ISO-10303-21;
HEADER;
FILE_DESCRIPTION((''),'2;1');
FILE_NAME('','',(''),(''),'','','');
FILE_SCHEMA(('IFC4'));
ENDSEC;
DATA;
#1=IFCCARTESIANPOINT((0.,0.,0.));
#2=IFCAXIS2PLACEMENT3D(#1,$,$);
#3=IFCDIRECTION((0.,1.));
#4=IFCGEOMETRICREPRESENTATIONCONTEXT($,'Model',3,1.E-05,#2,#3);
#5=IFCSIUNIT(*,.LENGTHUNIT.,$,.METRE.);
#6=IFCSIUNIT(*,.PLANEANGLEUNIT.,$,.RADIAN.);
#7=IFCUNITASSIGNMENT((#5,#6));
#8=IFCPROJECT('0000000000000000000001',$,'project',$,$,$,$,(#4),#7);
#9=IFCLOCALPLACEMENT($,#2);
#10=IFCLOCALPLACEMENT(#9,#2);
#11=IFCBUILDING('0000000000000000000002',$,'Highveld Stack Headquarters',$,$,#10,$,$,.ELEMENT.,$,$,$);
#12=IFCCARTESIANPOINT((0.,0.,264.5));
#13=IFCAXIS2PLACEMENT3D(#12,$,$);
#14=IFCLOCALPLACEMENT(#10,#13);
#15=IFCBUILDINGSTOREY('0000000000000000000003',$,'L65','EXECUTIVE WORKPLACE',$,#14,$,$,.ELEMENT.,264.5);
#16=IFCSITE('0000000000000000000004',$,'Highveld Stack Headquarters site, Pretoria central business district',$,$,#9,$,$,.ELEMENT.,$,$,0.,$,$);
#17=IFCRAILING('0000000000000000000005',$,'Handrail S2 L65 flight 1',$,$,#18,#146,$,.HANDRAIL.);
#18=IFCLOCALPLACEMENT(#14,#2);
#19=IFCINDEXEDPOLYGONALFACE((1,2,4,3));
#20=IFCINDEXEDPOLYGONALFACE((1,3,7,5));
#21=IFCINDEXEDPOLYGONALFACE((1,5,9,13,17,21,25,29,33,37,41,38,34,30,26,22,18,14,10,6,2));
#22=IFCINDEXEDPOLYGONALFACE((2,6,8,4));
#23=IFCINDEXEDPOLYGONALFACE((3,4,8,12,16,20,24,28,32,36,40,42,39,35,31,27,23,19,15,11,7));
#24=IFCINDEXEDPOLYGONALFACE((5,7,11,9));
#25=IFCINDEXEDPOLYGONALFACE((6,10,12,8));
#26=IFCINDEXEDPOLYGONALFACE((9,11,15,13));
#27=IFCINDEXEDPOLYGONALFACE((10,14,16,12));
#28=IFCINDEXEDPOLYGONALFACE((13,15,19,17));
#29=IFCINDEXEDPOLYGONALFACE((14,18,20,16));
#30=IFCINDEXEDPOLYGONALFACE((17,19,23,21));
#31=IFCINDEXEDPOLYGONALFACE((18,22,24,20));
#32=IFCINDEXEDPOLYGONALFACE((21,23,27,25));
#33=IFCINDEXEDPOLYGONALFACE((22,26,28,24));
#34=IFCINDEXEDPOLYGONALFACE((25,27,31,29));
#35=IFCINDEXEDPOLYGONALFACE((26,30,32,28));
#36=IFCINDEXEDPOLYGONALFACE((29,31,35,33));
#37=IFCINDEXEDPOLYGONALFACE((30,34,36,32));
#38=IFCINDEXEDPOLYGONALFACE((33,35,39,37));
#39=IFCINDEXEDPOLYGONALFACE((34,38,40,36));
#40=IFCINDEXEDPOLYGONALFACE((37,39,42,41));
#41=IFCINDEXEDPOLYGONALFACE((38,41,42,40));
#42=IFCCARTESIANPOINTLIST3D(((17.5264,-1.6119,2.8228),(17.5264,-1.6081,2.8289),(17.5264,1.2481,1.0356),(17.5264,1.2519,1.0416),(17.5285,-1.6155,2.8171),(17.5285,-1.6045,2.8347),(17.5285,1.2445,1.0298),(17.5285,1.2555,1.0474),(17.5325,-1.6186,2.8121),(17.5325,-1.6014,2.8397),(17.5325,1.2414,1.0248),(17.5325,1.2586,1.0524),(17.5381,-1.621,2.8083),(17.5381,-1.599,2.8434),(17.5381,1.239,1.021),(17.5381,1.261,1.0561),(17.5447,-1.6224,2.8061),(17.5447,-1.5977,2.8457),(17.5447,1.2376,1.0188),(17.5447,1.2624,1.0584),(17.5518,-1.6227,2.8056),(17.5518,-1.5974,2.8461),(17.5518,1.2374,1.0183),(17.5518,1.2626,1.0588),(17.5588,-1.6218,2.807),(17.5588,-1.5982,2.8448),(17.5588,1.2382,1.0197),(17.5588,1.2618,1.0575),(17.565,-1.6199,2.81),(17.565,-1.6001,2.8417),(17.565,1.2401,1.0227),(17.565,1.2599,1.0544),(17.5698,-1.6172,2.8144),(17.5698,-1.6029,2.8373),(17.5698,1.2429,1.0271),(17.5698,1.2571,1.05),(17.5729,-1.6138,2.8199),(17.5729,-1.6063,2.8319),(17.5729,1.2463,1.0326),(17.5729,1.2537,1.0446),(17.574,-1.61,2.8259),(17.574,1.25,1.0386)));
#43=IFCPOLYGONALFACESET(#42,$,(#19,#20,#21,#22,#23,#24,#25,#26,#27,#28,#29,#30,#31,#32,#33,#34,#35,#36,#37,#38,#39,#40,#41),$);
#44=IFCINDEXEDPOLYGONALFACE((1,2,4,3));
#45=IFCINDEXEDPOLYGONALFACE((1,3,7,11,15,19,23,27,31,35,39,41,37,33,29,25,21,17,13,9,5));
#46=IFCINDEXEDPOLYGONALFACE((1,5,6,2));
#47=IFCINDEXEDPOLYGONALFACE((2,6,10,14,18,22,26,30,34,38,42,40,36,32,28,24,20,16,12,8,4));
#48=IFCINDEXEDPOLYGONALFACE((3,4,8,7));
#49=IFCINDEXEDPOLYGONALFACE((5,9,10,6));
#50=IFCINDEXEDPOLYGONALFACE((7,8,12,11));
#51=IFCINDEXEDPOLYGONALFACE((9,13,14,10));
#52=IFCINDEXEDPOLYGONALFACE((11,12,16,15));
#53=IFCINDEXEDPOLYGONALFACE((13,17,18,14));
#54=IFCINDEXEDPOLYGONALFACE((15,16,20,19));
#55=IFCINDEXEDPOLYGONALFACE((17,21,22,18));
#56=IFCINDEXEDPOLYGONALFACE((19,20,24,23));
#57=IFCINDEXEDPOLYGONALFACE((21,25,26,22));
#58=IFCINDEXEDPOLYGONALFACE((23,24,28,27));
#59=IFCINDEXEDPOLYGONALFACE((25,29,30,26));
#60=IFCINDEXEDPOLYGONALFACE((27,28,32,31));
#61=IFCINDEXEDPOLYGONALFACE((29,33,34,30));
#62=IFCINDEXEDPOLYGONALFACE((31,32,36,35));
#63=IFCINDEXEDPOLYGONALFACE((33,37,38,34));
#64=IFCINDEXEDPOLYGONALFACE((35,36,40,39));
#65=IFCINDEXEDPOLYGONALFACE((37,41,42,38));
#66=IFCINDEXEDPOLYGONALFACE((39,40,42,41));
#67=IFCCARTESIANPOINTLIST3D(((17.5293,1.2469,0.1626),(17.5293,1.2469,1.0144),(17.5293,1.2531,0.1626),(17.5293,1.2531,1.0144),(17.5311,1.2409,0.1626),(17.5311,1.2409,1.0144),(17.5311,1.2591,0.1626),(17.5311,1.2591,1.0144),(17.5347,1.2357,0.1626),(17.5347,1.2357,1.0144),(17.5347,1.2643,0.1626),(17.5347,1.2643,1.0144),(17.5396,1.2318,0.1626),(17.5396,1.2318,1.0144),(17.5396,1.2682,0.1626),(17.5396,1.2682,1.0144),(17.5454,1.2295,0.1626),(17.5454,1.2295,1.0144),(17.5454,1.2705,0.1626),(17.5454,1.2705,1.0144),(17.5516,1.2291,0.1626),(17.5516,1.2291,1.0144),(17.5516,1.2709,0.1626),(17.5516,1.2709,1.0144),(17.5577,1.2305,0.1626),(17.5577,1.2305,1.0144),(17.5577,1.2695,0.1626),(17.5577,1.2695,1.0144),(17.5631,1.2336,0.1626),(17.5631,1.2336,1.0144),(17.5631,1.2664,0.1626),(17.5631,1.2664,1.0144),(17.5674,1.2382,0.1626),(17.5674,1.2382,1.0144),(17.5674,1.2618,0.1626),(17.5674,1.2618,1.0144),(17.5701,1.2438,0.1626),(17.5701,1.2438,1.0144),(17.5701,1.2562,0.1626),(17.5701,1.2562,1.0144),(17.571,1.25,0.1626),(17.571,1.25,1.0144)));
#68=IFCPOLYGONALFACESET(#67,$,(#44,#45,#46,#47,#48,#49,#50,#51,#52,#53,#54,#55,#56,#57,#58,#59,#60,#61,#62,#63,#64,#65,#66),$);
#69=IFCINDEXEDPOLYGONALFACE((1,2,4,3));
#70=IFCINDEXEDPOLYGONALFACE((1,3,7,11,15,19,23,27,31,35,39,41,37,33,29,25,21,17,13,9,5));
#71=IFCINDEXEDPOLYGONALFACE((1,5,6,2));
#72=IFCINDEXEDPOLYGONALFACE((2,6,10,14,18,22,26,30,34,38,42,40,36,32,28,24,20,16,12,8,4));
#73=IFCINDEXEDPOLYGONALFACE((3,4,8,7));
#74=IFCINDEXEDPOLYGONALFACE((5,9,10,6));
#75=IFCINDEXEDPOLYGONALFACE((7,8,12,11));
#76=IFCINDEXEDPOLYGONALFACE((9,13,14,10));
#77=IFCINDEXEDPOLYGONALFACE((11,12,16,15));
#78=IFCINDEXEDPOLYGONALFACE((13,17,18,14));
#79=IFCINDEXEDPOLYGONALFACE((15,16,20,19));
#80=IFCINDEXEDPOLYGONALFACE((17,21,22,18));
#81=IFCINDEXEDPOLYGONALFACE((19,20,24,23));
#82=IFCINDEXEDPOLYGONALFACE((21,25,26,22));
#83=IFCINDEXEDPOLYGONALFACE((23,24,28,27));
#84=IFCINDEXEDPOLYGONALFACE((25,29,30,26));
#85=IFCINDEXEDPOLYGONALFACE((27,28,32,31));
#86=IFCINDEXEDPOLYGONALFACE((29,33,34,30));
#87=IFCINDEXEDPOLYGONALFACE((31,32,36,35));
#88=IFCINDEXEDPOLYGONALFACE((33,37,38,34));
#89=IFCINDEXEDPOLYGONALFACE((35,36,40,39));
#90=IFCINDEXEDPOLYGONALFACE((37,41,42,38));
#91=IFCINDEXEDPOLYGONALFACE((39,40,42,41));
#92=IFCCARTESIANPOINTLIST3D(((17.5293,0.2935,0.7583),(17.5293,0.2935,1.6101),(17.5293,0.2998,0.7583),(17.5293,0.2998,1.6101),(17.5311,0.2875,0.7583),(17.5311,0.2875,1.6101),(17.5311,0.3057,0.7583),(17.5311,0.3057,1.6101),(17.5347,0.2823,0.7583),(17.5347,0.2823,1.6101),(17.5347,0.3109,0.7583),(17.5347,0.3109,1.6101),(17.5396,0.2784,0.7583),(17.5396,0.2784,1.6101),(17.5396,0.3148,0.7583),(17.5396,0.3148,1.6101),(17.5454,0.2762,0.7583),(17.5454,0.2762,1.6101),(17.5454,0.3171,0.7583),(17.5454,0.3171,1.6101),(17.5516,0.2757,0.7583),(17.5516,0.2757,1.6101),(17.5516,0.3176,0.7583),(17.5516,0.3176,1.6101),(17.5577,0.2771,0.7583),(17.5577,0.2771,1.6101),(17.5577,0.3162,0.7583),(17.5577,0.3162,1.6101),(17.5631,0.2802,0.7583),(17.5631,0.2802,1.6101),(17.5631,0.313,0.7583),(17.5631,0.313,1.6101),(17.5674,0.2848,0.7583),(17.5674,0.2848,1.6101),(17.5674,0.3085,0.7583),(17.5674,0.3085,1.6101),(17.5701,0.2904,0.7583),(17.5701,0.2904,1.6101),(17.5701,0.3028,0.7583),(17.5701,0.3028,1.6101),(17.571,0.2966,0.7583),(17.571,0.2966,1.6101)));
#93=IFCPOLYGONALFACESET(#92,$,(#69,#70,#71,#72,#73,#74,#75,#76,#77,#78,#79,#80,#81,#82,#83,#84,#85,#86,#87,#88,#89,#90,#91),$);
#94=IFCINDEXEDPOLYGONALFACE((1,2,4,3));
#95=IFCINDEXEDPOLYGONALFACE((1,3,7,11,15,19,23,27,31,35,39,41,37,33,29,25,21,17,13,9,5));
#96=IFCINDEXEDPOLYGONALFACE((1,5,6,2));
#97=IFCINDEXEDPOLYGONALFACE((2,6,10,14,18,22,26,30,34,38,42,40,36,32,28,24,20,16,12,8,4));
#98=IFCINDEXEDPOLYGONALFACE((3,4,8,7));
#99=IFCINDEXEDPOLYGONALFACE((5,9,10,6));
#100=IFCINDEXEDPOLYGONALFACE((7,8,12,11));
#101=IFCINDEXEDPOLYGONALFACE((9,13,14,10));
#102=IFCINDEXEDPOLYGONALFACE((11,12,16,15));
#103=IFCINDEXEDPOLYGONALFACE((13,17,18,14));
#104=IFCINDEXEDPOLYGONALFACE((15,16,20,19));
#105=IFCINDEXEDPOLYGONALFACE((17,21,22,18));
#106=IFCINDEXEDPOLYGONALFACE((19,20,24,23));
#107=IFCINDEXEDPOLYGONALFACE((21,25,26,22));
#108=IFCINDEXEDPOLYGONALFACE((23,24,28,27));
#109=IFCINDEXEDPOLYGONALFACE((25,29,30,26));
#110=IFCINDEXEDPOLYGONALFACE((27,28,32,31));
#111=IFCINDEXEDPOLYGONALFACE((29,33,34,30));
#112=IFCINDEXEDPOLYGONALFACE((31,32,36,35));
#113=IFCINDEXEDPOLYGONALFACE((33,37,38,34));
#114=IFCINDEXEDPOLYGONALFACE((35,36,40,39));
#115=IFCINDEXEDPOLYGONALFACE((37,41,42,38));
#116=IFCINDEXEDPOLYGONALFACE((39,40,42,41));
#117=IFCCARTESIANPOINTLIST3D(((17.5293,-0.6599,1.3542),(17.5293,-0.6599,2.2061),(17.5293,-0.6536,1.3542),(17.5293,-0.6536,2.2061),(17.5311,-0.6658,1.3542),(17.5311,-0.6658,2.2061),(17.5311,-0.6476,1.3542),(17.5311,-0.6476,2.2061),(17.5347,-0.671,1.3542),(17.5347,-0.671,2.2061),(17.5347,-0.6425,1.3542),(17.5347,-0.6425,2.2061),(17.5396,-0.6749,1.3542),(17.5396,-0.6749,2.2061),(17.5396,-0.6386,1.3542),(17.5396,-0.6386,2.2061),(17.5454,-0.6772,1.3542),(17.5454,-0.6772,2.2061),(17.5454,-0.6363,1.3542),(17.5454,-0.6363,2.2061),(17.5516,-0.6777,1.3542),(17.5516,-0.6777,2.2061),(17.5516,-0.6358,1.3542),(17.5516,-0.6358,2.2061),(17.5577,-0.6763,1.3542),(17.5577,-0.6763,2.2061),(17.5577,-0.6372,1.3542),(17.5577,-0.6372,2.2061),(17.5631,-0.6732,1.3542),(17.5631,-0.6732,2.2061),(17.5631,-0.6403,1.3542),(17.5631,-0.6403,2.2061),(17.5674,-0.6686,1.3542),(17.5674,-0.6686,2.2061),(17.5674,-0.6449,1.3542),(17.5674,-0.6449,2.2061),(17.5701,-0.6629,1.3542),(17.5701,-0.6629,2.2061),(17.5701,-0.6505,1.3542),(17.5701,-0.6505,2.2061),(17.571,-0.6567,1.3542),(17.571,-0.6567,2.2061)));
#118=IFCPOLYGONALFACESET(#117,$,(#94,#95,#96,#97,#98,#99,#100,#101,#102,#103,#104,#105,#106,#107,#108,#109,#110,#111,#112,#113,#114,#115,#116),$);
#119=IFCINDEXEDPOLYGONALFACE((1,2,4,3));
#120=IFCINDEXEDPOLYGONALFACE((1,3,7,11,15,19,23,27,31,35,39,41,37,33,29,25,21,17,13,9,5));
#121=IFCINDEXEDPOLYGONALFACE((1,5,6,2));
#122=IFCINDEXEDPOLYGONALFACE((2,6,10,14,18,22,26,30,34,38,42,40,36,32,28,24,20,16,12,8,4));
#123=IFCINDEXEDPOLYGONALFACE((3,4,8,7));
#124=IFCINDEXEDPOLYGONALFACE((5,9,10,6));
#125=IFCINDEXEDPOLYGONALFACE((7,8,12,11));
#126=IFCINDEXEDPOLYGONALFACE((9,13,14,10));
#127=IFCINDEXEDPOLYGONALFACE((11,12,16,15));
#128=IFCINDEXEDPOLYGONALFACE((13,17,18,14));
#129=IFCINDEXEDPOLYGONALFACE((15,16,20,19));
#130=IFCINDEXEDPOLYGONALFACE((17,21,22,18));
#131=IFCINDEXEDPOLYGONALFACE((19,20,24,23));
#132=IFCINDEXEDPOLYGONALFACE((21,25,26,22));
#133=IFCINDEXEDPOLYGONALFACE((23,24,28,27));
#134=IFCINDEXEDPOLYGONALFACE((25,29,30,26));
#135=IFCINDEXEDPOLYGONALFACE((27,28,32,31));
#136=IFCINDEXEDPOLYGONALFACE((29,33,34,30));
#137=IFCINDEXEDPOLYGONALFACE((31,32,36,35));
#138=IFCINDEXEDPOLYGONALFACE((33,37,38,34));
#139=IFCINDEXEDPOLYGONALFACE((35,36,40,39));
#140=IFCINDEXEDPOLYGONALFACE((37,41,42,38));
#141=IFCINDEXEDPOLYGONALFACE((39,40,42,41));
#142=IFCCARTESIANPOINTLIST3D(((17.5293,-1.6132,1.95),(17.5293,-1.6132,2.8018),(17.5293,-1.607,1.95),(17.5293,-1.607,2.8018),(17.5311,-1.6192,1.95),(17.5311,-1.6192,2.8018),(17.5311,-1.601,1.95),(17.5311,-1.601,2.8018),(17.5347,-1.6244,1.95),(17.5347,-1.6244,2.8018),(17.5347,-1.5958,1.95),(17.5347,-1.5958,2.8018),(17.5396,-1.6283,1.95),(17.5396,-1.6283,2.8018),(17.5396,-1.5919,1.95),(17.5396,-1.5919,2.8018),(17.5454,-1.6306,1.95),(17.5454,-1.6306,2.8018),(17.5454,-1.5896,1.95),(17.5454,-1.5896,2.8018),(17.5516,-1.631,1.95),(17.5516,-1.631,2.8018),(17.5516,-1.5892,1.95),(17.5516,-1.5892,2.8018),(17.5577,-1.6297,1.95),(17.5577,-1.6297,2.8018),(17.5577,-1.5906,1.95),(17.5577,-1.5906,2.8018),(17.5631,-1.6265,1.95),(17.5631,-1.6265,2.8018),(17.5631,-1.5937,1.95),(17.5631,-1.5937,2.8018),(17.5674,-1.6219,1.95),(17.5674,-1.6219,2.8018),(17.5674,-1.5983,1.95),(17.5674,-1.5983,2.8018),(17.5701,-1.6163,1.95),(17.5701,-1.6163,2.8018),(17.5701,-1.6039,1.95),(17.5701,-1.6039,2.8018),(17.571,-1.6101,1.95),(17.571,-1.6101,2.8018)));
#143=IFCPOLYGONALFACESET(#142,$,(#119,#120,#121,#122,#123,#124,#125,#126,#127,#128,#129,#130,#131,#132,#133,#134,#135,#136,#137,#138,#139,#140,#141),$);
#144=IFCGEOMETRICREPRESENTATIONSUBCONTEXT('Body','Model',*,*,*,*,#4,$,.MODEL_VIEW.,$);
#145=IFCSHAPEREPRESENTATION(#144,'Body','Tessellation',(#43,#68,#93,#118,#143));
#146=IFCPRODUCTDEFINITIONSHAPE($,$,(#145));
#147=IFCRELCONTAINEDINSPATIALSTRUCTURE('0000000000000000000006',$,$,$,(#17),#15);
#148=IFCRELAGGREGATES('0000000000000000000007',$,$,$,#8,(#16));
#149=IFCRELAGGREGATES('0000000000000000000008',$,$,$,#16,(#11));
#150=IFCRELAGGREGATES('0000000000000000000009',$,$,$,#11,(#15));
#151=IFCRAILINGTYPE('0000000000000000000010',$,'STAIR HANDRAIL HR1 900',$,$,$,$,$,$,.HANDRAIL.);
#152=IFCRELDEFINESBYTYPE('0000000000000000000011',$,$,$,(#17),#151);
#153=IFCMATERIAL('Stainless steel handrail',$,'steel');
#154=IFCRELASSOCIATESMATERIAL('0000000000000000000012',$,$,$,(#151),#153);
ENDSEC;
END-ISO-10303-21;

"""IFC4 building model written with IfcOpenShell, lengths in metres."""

from ifc_helpers import new_model, si_unit, direction, frame, origin, origin_2d, place, context, subcontext, project, spatial, circle, extrude, material, type_object, element, save


model = new_model("IFC4")

# Units and contexts
model_context = context("Model", 3, precision=1e-05, world=origin(), true_north=direction((0.0, 1.0)))
body_context = subcontext(model_context, "Body", "Model", "MODEL_VIEW")
ifc_project = project(units=[si_unit("LENGTHUNIT", "METRE"), si_unit("PLANEANGLEUNIT", "RADIAN")], contexts=[model_context])

# Site, building, storey
site_placement = place(None, origin())
site = spatial("IfcSite", under=ifc_project, at=site_placement, Name="Highveld Stack Headquarters site, Pretoria central business district", CompositionType="ELEMENT", RefElevation=0.0)
building_placement = place(site_placement, origin())
building = spatial("IfcBuilding", under=site, at=building_placement, Name="Highveld Stack Headquarters", CompositionType="ELEMENT")
storey_placement = place(building_placement, frame((0.0, 0.0, 264.5)))
storey = spatial("IfcBuildingStorey", under=building, at=storey_placement, Name="L65", Description="EXECUTIVE WORKPLACE", CompositionType="ELEMENT", Elevation=264.5)

# Railing
ifc_material_1 = material(Name="Stainless steel handrail", Category="steel")
railing_type = type_object("IfcRailingType", Name="STAIR HANDRAIL HR1 900", PredefinedType="HANDRAIL", material=ifc_material_1)
for number, where, name in (
    (1, (17.55, 1.25, 0.1626), "Handrail S2 L65 flight 1"),
):
    element("IfcRailing", number, at=place(storey_placement, frame(where)), inside=storey, type_object=railing_type, Name=name, PredefinedType="HANDRAIL", context=body_context, shape_type="SweptSolid", body=[
        extrude(circle(Radius=0.0239, at=origin_2d()), frame((0.0, 0.0, 0.876), z_axis=(0.0, -0.848027, 0.529953), x_axis=(1.0, 0.0, 0.0)), (0.0, 0.0, 1.0), 3.3726),
        extrude(circle(Radius=0.021, at=origin_2d()), origin(), (0.0, 0.0, 1.0), 0.8518),
        extrude(circle(Radius=0.021, at=origin_2d()), frame((0.0, -0.9534, 0.5957)), (0.0, 0.0, 1.0), 0.8518),
        extrude(circle(Radius=0.021, at=origin_2d()), frame((0.0, -1.9067, 1.1917)), (0.0, 0.0, 1.0), 0.8518),
        extrude(circle(Radius=0.021, at=origin_2d()), frame((0.0, -2.8601, 1.7874)), (0.0, 0.0, 1.0), 0.8518),
    ])

save(model, "model.ifc")
